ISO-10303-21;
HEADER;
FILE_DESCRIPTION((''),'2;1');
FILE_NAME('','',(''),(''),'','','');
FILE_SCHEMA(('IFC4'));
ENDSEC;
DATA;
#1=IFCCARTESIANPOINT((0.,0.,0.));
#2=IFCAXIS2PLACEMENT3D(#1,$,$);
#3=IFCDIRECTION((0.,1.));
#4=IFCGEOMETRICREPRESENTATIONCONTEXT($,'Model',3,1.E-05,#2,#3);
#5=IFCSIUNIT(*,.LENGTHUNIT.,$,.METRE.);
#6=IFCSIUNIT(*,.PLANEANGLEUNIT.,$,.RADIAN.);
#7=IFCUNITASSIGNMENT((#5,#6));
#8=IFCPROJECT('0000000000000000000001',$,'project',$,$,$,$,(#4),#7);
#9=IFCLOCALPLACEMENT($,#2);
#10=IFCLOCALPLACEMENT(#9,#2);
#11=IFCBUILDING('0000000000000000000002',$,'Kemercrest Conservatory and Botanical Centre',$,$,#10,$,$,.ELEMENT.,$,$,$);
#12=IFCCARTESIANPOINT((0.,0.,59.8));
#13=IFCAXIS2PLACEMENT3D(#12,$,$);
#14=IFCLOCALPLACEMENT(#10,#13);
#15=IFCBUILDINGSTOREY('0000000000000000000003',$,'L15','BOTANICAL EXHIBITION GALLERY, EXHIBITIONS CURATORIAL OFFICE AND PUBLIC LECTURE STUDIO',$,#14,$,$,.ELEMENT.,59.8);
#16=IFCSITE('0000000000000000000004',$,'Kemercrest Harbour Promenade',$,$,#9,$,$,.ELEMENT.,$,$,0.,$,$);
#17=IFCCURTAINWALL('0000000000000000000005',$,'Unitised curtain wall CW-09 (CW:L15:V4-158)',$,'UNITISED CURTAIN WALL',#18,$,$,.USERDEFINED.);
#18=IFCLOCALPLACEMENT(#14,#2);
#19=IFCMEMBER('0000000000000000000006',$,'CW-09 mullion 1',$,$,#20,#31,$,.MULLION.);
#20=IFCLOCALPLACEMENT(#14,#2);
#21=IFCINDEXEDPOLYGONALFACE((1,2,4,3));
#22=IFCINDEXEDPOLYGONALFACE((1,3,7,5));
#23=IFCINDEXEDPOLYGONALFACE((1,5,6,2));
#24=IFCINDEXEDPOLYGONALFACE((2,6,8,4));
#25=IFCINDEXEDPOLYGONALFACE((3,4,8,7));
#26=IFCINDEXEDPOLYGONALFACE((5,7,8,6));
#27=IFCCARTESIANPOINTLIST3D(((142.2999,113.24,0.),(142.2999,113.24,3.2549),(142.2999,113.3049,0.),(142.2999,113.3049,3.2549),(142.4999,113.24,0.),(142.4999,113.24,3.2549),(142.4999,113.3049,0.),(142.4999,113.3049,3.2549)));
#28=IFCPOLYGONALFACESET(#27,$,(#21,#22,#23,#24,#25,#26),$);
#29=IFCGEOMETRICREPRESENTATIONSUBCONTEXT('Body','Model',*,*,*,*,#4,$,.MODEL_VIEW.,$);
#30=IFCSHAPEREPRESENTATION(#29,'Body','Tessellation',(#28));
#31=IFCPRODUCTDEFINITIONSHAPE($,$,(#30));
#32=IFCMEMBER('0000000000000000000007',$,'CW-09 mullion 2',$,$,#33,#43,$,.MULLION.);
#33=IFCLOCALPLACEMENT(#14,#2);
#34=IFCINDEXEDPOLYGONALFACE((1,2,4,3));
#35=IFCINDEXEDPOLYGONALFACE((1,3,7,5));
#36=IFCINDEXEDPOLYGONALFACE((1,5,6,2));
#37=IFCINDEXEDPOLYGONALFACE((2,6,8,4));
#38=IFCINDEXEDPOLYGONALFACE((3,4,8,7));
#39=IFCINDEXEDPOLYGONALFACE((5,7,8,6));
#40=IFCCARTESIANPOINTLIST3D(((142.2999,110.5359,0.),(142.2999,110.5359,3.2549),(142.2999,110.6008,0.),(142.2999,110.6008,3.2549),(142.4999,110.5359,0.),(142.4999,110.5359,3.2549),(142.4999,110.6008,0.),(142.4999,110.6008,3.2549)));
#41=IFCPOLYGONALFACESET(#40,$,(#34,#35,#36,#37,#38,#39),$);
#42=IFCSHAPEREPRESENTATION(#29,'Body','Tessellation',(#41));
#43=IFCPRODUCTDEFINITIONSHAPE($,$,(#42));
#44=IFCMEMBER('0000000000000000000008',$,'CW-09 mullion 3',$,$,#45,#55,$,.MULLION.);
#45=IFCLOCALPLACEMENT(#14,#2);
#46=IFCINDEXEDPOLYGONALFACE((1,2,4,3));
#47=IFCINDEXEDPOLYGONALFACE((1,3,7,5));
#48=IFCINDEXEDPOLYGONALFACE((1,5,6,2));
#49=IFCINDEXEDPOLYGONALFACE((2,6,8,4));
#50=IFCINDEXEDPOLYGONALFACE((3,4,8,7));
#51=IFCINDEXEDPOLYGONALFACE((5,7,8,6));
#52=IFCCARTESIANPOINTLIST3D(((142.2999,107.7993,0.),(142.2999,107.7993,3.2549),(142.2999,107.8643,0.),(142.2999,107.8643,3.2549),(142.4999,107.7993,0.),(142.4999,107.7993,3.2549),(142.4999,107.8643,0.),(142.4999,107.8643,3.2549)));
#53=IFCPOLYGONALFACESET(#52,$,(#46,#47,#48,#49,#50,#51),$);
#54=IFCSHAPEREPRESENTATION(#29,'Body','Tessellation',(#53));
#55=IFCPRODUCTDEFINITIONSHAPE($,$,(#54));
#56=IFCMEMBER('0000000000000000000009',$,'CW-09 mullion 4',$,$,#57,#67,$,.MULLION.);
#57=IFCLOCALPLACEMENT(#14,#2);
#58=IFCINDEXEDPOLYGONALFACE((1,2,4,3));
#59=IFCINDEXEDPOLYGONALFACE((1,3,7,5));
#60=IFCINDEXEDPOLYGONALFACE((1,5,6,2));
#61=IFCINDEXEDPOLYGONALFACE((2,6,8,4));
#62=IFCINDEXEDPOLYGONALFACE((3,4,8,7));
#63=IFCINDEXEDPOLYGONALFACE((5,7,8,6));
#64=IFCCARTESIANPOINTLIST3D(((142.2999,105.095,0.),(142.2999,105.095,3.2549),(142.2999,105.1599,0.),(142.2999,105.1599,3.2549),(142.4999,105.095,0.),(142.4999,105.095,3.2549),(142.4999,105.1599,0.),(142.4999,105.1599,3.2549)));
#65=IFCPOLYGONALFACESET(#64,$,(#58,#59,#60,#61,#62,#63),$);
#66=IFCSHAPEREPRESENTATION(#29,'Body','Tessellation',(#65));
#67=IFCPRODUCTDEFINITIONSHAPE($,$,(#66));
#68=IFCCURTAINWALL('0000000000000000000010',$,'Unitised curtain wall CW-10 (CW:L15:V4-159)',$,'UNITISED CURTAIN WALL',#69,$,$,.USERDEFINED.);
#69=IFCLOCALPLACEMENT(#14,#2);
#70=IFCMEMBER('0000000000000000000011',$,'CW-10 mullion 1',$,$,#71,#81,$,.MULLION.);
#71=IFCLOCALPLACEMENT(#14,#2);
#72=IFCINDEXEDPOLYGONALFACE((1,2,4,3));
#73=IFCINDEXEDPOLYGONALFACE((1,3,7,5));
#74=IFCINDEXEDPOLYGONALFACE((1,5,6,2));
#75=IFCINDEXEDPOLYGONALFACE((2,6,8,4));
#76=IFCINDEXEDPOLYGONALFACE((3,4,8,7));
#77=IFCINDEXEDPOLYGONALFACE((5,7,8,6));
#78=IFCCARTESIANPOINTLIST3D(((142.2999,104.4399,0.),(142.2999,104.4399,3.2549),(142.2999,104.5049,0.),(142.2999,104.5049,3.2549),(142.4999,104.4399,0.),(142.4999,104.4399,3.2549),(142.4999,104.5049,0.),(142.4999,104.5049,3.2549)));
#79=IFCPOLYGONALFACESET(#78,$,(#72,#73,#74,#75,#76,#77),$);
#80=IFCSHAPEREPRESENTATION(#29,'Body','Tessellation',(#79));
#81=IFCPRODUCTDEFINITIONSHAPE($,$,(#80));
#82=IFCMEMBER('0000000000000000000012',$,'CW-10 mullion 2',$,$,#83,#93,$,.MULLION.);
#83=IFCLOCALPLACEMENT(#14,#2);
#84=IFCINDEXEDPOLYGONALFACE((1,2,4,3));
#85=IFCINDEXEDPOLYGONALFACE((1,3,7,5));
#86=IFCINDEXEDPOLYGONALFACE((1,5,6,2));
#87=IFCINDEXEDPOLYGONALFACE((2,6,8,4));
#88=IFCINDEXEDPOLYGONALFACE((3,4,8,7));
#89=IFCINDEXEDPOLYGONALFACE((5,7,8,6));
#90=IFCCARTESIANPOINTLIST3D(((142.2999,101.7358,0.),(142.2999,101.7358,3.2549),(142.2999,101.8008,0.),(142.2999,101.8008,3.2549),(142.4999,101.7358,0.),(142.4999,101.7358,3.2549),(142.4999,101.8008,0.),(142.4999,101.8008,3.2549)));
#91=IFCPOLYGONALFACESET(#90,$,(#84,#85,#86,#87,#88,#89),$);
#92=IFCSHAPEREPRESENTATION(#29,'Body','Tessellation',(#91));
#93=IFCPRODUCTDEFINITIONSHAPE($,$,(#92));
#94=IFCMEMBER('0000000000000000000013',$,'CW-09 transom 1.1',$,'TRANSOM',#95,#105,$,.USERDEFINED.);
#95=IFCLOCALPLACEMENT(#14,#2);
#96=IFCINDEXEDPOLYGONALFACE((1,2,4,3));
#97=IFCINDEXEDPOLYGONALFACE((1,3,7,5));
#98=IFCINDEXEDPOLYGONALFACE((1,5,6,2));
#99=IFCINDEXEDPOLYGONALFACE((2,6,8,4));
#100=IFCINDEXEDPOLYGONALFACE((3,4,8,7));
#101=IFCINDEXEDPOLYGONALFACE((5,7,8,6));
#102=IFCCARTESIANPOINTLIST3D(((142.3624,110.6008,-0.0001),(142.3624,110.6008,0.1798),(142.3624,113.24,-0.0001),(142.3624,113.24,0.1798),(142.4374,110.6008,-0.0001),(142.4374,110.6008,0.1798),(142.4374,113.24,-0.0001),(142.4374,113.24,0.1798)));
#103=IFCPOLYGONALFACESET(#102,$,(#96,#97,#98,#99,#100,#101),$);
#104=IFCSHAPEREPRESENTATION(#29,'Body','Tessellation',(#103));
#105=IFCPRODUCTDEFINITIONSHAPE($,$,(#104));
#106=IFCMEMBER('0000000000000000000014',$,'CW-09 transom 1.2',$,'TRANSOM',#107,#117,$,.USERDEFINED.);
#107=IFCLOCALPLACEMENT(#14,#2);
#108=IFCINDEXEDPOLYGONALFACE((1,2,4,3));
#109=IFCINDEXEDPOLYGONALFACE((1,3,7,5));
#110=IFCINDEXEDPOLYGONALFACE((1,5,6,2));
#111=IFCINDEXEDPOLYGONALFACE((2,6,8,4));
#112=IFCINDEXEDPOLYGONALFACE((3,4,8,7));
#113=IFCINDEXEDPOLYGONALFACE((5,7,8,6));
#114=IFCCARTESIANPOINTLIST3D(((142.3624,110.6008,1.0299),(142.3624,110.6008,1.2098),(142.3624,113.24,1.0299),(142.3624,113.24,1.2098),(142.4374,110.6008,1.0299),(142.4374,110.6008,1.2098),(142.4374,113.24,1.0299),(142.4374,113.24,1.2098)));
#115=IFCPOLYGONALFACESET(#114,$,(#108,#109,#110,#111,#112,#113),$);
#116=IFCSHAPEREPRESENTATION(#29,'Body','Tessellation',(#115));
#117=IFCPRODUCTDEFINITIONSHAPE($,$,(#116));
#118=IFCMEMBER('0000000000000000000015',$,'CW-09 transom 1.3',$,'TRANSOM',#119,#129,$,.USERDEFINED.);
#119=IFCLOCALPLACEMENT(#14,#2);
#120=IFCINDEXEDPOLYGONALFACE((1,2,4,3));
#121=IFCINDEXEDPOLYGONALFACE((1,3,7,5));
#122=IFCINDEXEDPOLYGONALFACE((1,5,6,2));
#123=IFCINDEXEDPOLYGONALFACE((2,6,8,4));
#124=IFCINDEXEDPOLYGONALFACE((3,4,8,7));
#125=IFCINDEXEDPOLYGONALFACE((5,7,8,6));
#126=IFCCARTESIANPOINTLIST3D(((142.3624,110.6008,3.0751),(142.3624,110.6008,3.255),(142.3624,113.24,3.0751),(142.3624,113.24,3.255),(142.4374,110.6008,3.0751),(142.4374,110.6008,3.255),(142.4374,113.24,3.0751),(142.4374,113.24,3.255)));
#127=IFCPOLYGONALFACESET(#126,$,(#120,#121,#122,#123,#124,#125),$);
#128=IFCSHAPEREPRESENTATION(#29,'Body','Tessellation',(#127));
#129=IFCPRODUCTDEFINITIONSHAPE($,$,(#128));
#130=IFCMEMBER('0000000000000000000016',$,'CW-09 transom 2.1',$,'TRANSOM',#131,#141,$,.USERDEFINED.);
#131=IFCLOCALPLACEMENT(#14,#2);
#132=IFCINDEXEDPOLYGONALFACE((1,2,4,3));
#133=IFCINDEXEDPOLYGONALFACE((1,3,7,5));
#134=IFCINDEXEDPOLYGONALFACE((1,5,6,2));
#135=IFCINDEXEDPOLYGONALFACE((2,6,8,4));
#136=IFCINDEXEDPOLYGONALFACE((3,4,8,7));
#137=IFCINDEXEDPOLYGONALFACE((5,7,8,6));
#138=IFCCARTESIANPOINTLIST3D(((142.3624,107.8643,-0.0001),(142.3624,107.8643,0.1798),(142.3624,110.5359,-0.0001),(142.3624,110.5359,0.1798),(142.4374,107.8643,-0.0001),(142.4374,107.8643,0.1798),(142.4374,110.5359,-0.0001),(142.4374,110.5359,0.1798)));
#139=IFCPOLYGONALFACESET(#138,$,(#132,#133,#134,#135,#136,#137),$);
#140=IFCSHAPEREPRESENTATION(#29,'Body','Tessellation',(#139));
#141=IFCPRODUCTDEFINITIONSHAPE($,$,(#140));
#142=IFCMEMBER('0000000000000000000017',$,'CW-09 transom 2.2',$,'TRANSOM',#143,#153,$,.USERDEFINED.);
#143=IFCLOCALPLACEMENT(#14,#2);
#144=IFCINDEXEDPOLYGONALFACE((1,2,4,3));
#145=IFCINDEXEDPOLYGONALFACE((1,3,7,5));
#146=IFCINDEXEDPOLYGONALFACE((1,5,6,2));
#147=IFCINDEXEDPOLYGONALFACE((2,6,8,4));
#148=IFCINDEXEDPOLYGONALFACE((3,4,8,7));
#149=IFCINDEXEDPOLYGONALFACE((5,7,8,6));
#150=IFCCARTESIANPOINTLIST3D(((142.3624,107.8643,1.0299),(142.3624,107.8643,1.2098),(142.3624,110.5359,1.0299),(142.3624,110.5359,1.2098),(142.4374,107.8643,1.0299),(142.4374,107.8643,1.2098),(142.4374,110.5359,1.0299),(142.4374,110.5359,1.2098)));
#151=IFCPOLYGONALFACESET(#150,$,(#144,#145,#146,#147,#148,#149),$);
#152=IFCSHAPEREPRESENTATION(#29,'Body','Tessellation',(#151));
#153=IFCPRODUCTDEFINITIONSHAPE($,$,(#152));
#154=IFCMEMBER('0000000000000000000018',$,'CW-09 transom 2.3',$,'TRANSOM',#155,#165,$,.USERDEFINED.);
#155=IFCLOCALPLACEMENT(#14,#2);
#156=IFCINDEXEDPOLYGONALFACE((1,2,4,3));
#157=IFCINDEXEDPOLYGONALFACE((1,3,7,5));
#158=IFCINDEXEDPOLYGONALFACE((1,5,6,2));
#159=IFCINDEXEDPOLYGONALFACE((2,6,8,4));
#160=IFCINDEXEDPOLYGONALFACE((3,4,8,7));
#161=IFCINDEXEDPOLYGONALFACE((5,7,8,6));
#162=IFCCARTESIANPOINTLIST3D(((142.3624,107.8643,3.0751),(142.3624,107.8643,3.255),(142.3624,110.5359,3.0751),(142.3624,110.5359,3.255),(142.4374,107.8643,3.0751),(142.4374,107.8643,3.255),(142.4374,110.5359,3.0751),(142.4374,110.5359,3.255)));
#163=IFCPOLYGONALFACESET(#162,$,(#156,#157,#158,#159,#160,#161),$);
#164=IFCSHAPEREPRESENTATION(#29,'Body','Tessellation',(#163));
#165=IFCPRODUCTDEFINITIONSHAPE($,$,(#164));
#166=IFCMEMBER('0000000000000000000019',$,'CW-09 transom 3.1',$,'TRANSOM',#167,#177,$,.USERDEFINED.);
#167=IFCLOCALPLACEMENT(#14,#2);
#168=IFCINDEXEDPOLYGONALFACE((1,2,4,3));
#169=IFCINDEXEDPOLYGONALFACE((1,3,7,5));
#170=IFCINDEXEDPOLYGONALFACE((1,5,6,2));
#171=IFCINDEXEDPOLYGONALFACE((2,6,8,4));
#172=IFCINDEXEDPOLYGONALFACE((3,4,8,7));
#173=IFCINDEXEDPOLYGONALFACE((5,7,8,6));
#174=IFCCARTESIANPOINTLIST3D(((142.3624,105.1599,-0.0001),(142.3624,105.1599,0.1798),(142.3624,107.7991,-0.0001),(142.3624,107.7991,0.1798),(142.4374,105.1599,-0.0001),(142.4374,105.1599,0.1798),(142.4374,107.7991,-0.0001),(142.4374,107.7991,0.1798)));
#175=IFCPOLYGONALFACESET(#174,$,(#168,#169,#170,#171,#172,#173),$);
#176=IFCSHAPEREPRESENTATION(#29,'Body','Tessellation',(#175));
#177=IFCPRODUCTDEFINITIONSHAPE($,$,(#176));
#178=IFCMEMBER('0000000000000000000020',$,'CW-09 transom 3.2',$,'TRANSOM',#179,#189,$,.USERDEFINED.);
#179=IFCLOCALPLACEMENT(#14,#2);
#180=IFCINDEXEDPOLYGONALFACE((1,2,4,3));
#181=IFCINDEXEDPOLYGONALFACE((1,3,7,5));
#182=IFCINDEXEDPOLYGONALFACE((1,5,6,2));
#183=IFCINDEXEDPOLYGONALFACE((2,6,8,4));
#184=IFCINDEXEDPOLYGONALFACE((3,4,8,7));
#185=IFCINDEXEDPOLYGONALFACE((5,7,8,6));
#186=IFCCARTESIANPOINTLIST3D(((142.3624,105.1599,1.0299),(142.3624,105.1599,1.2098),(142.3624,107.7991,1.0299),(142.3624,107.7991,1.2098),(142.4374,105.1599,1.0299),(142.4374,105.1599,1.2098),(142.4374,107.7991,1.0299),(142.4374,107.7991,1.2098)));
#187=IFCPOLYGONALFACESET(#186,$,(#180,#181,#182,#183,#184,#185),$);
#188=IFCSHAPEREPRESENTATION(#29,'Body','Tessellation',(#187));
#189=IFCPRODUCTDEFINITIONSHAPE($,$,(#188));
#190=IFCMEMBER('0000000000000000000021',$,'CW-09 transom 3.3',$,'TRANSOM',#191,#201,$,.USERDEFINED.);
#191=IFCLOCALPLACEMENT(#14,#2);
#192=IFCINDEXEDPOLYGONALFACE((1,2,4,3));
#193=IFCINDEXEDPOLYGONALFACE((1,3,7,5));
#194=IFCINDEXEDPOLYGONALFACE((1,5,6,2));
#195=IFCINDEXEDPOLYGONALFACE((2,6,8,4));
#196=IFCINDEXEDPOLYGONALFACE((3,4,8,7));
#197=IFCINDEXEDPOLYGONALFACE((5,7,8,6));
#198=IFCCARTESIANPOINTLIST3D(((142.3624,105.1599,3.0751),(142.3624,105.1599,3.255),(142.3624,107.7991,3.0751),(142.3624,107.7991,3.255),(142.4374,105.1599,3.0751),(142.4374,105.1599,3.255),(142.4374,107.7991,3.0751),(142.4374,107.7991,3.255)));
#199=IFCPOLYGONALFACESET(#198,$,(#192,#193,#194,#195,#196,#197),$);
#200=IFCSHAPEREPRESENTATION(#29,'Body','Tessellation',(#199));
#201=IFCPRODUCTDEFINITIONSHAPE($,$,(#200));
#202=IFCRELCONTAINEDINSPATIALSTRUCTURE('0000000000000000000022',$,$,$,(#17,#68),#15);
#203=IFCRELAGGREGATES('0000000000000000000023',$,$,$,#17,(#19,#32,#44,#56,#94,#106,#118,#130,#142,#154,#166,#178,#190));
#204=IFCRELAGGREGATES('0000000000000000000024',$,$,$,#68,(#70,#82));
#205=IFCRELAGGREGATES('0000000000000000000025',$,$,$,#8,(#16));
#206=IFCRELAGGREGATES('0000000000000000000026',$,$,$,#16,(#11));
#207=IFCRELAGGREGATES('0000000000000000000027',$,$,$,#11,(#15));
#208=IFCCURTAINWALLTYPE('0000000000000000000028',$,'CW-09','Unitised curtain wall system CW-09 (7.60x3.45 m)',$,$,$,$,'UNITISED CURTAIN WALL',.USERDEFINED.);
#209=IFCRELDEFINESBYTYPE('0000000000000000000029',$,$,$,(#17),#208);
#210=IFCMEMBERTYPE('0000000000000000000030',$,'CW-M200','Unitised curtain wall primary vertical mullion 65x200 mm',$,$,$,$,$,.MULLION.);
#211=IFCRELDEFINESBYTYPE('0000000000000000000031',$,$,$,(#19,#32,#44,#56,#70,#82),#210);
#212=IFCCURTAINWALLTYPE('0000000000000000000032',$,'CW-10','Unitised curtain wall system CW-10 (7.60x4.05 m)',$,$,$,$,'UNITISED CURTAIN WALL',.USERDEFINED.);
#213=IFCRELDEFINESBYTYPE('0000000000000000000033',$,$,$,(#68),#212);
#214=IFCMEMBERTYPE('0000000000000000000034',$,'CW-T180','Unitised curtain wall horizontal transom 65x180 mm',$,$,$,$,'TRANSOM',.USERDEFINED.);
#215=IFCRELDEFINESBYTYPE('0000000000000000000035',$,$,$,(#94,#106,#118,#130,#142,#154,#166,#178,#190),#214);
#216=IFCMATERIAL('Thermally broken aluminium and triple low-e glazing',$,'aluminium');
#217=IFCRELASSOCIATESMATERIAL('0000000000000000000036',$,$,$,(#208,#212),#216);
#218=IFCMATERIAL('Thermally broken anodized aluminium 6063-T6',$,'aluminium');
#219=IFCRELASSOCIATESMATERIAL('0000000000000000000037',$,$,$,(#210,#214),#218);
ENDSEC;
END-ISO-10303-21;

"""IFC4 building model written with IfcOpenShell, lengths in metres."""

from ifc_helpers import new_model, si_unit, direction, frame, origin, origin_2d, place, context, subcontext, project, spatial, rectangle, extrude, material, material_profile, profile_set, type_object, element, aggregate, save


model = new_model("IFC4")

# Units and contexts
model_context = context("Model", 3, precision=1e-05, world=origin(), true_north=direction((0.0, 1.0)))
body_context = subcontext(model_context, "Body", "Model", "MODEL_VIEW")
ifc_project = project(units=[si_unit("LENGTHUNIT", "METRE"), si_unit("PLANEANGLEUNIT", "RADIAN")], contexts=[model_context])

# Site, building, storey
site_placement = place(None, origin())
site = spatial("IfcSite", under=ifc_project, at=site_placement, Name="Kemercrest Harbour Promenade", CompositionType="ELEMENT", RefElevation=0.0)
building_placement = place(site_placement, origin())
building = spatial("IfcBuilding", under=site, at=building_placement, Name="Kemercrest Conservatory and Botanical Centre", CompositionType="ELEMENT")
storey_placement = place(building_placement, frame((0.0, 0.0, 59.8)))
storey = spatial("IfcBuildingStorey", under=building, at=storey_placement, Name="L15", Description="BOTANICAL EXHIBITION GALLERY, EXHIBITIONS CURATORIAL OFFICE AND PUBLIC LECTURE STUDIO", CompositionType="ELEMENT", Elevation=59.8)

# Curtain walls, members
ifc_material_1 = material(Name="Thermally broken aluminium and triple low-e glazing", Category="aluminium")
curtain_wall_type_1 = type_object("IfcCurtainWallType", Name="CW-09", Description="Unitised curtain wall system CW-09 (7.60x3.45 m)", ElementType="UNITISED CURTAIN WALL", PredefinedType="USERDEFINED", material=ifc_material_1)
curtain_wall_1_placement = place(storey_placement, origin())
curtain_wall_1 = element("IfcCurtainWall", 1, at=curtain_wall_1_placement, inside=storey, type_object=curtain_wall_type_1, Name="Unitised curtain wall CW-09 (CW:L15:V4-158)", ObjectType="UNITISED CURTAIN WALL", PredefinedType="USERDEFINED")
ifc_material_2 = material(Name="Thermally broken anodized aluminium 6063-T6", Category="aluminium")
ifc_material_profile_1 = material_profile(ifc_material_2, rectangle(XDim=0.2, YDim=0.0649, at=origin_2d()), Name="AL MULLION 65x200")
ifc_profile_set_1 = profile_set([ifc_material_profile_1], Name="Thermally broken anodized aluminium 6063-T6")
member_type_1 = type_object("IfcMemberType", Name="CW-M200", Description="Unitised curtain wall primary vertical mullion 65x200 mm", PredefinedType="MULLION", material=ifc_profile_set_1)
member_1_placement = place(storey_placement, frame((142.3999, 113.2725, 0.0), z_axis=(0.0, 0.0, 1.0), x_axis=(1.0, 0.0, 0.0)))
member_1 = element("IfcMember", 2, at=member_1_placement, type_object=member_type_1, Name="CW-09 mullion 1", PredefinedType="MULLION", context=body_context, shape_type="SweptSolid", body=[
    extrude(rectangle(XDim=0.2, YDim=0.0649, at=origin_2d()), origin(), (0.0, 0.0, 1.0), 3.2549),
])
member_2_placement = place(storey_placement, frame((142.3999, 110.5684, 0.0), z_axis=(0.0, 0.0, 1.0), x_axis=(1.0, 0.0, 0.0)))
member_2 = element("IfcMember", 3, at=member_2_placement, type_object=member_type_1, Name="CW-09 mullion 2", PredefinedType="MULLION", context=body_context, shape_type="SweptSolid", body=[
    extrude(rectangle(XDim=0.2, YDim=0.0649, at=origin_2d()), origin(), (0.0, 0.0, 1.0), 3.2549),
])
member_3_placement = place(storey_placement, frame((142.3999, 107.8318, 0.0), z_axis=(0.0, 0.0, 1.0), x_axis=(1.0, 0.0, 0.0)))
member_3 = element("IfcMember", 4, at=member_3_placement, type_object=member_type_1, Name="CW-09 mullion 3", PredefinedType="MULLION", context=body_context, shape_type="SweptSolid", body=[
    extrude(rectangle(XDim=0.2, YDim=0.0649, at=origin_2d()), origin(), (0.0, 0.0, 1.0), 3.2549),
])
member_4_placement = place(storey_placement, frame((142.3999, 105.1274, 0.0), z_axis=(0.0, 0.0, 1.0), x_axis=(1.0, 0.0, 0.0)))
member_4 = element("IfcMember", 5, at=member_4_placement, type_object=member_type_1, Name="CW-09 mullion 4", PredefinedType="MULLION", context=body_context, shape_type="SweptSolid", body=[
    extrude(rectangle(XDim=0.2, YDim=0.0649, at=origin_2d()), origin(), (0.0, 0.0, 1.0), 3.2549),
])
curtain_wall_type_2 = type_object("IfcCurtainWallType", Name="CW-10", Description="Unitised curtain wall system CW-10 (7.60x4.05 m)", ElementType="UNITISED CURTAIN WALL", PredefinedType="USERDEFINED", material=ifc_material_1)
curtain_wall_2_placement = place(storey_placement, origin())
curtain_wall_2 = element("IfcCurtainWall", 6, at=curtain_wall_2_placement, inside=storey, type_object=curtain_wall_type_2, Name="Unitised curtain wall CW-10 (CW:L15:V4-159)", ObjectType="UNITISED CURTAIN WALL", PredefinedType="USERDEFINED")
member_5_placement = place(storey_placement, frame((142.3999, 104.4724, 0.0), z_axis=(0.0, 0.0, 1.0), x_axis=(1.0, 0.0, 0.0)))
member_5 = element("IfcMember", 7, at=member_5_placement, type_object=member_type_1, Name="CW-10 mullion 1", PredefinedType="MULLION", context=body_context, shape_type="SweptSolid", body=[
    extrude(rectangle(XDim=0.2, YDim=0.0649, at=origin_2d()), origin(), (0.0, 0.0, 1.0), 3.2549),
])
member_6_placement = place(storey_placement, frame((142.3999, 101.7683, 0.0), z_axis=(0.0, 0.0, 1.0), x_axis=(1.0, 0.0, 0.0)))
member_6 = element("IfcMember", 8, at=member_6_placement, type_object=member_type_1, Name="CW-10 mullion 2", PredefinedType="MULLION", context=body_context, shape_type="SweptSolid", body=[
    extrude(rectangle(XDim=0.2, YDim=0.0649, at=origin_2d()), origin(), (0.0, 0.0, 1.0), 3.2549),
])

# Members
ifc_material_profile_2 = material_profile(ifc_material_2, rectangle(XDim=0.075, YDim=0.1799, at=origin_2d()), Name="AL TRANSOM 75x180")
ifc_profile_set_2 = profile_set([ifc_material_profile_2], Name="Thermally broken anodized aluminium 6063-T6")
member_type_2 = type_object("IfcMemberType", Name="CW-T180", Description="Unitised curtain wall horizontal transom 65x180 mm", ElementType="TRANSOM", PredefinedType="USERDEFINED", material=ifc_profile_set_2)
member_7_placement = place(storey_placement, frame((142.3999, 113.24, 0.0898), z_axis=(0.0, -1.0, 0.0), x_axis=(1.0, 0.0, 0.0)))
member_7 = element("IfcMember", 9, at=member_7_placement, type_object=member_type_2, Name="CW-09 transom 1.1", ObjectType="TRANSOM", PredefinedType="USERDEFINED", context=body_context, shape_type="SweptSolid", body=[
    extrude(rectangle(XDim=0.075, YDim=0.1799, at=origin_2d()), origin(), (0.0, 0.0, 1.0), 2.6392),
])
member_8_placement = place(storey_placement, frame((142.3999, 113.24, 1.1199), z_axis=(0.0, -1.0, 0.0), x_axis=(1.0, 0.0, 0.0)))
member_8 = element("IfcMember", 10, at=member_8_placement, type_object=member_type_2, Name="CW-09 transom 1.2", ObjectType="TRANSOM", PredefinedType="USERDEFINED", context=body_context, shape_type="SweptSolid", body=[
    extrude(rectangle(XDim=0.075, YDim=0.1799, at=origin_2d()), origin(), (0.0, 0.0, 1.0), 2.6392),
])
member_9_placement = place(storey_placement, frame((142.3999, 113.24, 3.165), z_axis=(0.0, -1.0, 0.0), x_axis=(1.0, 0.0, 0.0)))
member_9 = element("IfcMember", 11, at=member_9_placement, type_object=member_type_2, Name="CW-09 transom 1.3", ObjectType="TRANSOM", PredefinedType="USERDEFINED", context=body_context, shape_type="SweptSolid", body=[
    extrude(rectangle(XDim=0.075, YDim=0.1799, at=origin_2d()), origin(), (0.0, 0.0, 1.0), 2.6392),
])
member_10_placement = place(storey_placement, frame((142.3999, 110.5359, 0.0898), z_axis=(0.0, -1.0, 0.0), x_axis=(1.0, 0.0, 0.0)))
member_10 = element("IfcMember", 12, at=member_10_placement, type_object=member_type_2, Name="CW-09 transom 2.1", ObjectType="TRANSOM", PredefinedType="USERDEFINED", context=body_context, shape_type="SweptSolid", body=[
    extrude(rectangle(XDim=0.075, YDim=0.1799, at=origin_2d()), origin(), (0.0, 0.0, 1.0), 2.6716),
])
member_11_placement = place(storey_placement, frame((142.3999, 110.5359, 1.1199), z_axis=(0.0, -1.0, 0.0), x_axis=(1.0, 0.0, 0.0)))
member_11 = element("IfcMember", 13, at=member_11_placement, type_object=member_type_2, Name="CW-09 transom 2.2", ObjectType="TRANSOM", PredefinedType="USERDEFINED", context=body_context, shape_type="SweptSolid", body=[
    extrude(rectangle(XDim=0.075, YDim=0.1799, at=origin_2d()), origin(), (0.0, 0.0, 1.0), 2.6716),
])
member_12_placement = place(storey_placement, frame((142.3999, 110.5359, 3.165), z_axis=(0.0, -1.0, 0.0), x_axis=(1.0, 0.0, 0.0)))
member_12 = element("IfcMember", 14, at=member_12_placement, type_object=member_type_2, Name="CW-09 transom 2.3", ObjectType="TRANSOM", PredefinedType="USERDEFINED", context=body_context, shape_type="SweptSolid", body=[
    extrude(rectangle(XDim=0.075, YDim=0.1799, at=origin_2d()), origin(), (0.0, 0.0, 1.0), 2.6716),
])
member_13_placement = place(storey_placement, frame((142.3999, 107.7991, 0.0898), z_axis=(0.0, -1.0, 0.0), x_axis=(1.0, 0.0, 0.0)))
member_13 = element("IfcMember", 15, at=member_13_placement, type_object=member_type_2, Name="CW-09 transom 3.1", ObjectType="TRANSOM", PredefinedType="USERDEFINED", context=body_context, shape_type="SweptSolid", body=[
    extrude(rectangle(XDim=0.075, YDim=0.1799, at=origin_2d()), origin(), (0.0, 0.0, 1.0), 2.6392),
])
member_14_placement = place(storey_placement, frame((142.3999, 107.7991, 1.1199), z_axis=(0.0, -1.0, 0.0), x_axis=(1.0, 0.0, 0.0)))
member_14 = element("IfcMember", 16, at=member_14_placement, type_object=member_type_2, Name="CW-09 transom 3.2", ObjectType="TRANSOM", PredefinedType="USERDEFINED", context=body_context, shape_type="SweptSolid", body=[
    extrude(rectangle(XDim=0.075, YDim=0.1799, at=origin_2d()), origin(), (0.0, 0.0, 1.0), 2.6392),
])
member_15_placement = place(storey_placement, frame((142.3999, 107.7991, 3.165), z_axis=(0.0, -1.0, 0.0), x_axis=(1.0, 0.0, 0.0)))
member_15 = element("IfcMember", 17, at=member_15_placement, type_object=member_type_2, Name="CW-09 transom 3.3", ObjectType="TRANSOM", PredefinedType="USERDEFINED", context=body_context, shape_type="SweptSolid", body=[
    extrude(rectangle(XDim=0.075, YDim=0.1799, at=origin_2d()), origin(), (0.0, 0.0, 1.0), 2.6392),
])

aggregate(curtain_wall_1, [member_1, member_2, member_3, member_4, member_7, member_8, member_9, member_10, member_11, member_12, member_13, member_14, member_15])
aggregate(curtain_wall_2, [member_5, member_6])

save(model, "model.ifc")
